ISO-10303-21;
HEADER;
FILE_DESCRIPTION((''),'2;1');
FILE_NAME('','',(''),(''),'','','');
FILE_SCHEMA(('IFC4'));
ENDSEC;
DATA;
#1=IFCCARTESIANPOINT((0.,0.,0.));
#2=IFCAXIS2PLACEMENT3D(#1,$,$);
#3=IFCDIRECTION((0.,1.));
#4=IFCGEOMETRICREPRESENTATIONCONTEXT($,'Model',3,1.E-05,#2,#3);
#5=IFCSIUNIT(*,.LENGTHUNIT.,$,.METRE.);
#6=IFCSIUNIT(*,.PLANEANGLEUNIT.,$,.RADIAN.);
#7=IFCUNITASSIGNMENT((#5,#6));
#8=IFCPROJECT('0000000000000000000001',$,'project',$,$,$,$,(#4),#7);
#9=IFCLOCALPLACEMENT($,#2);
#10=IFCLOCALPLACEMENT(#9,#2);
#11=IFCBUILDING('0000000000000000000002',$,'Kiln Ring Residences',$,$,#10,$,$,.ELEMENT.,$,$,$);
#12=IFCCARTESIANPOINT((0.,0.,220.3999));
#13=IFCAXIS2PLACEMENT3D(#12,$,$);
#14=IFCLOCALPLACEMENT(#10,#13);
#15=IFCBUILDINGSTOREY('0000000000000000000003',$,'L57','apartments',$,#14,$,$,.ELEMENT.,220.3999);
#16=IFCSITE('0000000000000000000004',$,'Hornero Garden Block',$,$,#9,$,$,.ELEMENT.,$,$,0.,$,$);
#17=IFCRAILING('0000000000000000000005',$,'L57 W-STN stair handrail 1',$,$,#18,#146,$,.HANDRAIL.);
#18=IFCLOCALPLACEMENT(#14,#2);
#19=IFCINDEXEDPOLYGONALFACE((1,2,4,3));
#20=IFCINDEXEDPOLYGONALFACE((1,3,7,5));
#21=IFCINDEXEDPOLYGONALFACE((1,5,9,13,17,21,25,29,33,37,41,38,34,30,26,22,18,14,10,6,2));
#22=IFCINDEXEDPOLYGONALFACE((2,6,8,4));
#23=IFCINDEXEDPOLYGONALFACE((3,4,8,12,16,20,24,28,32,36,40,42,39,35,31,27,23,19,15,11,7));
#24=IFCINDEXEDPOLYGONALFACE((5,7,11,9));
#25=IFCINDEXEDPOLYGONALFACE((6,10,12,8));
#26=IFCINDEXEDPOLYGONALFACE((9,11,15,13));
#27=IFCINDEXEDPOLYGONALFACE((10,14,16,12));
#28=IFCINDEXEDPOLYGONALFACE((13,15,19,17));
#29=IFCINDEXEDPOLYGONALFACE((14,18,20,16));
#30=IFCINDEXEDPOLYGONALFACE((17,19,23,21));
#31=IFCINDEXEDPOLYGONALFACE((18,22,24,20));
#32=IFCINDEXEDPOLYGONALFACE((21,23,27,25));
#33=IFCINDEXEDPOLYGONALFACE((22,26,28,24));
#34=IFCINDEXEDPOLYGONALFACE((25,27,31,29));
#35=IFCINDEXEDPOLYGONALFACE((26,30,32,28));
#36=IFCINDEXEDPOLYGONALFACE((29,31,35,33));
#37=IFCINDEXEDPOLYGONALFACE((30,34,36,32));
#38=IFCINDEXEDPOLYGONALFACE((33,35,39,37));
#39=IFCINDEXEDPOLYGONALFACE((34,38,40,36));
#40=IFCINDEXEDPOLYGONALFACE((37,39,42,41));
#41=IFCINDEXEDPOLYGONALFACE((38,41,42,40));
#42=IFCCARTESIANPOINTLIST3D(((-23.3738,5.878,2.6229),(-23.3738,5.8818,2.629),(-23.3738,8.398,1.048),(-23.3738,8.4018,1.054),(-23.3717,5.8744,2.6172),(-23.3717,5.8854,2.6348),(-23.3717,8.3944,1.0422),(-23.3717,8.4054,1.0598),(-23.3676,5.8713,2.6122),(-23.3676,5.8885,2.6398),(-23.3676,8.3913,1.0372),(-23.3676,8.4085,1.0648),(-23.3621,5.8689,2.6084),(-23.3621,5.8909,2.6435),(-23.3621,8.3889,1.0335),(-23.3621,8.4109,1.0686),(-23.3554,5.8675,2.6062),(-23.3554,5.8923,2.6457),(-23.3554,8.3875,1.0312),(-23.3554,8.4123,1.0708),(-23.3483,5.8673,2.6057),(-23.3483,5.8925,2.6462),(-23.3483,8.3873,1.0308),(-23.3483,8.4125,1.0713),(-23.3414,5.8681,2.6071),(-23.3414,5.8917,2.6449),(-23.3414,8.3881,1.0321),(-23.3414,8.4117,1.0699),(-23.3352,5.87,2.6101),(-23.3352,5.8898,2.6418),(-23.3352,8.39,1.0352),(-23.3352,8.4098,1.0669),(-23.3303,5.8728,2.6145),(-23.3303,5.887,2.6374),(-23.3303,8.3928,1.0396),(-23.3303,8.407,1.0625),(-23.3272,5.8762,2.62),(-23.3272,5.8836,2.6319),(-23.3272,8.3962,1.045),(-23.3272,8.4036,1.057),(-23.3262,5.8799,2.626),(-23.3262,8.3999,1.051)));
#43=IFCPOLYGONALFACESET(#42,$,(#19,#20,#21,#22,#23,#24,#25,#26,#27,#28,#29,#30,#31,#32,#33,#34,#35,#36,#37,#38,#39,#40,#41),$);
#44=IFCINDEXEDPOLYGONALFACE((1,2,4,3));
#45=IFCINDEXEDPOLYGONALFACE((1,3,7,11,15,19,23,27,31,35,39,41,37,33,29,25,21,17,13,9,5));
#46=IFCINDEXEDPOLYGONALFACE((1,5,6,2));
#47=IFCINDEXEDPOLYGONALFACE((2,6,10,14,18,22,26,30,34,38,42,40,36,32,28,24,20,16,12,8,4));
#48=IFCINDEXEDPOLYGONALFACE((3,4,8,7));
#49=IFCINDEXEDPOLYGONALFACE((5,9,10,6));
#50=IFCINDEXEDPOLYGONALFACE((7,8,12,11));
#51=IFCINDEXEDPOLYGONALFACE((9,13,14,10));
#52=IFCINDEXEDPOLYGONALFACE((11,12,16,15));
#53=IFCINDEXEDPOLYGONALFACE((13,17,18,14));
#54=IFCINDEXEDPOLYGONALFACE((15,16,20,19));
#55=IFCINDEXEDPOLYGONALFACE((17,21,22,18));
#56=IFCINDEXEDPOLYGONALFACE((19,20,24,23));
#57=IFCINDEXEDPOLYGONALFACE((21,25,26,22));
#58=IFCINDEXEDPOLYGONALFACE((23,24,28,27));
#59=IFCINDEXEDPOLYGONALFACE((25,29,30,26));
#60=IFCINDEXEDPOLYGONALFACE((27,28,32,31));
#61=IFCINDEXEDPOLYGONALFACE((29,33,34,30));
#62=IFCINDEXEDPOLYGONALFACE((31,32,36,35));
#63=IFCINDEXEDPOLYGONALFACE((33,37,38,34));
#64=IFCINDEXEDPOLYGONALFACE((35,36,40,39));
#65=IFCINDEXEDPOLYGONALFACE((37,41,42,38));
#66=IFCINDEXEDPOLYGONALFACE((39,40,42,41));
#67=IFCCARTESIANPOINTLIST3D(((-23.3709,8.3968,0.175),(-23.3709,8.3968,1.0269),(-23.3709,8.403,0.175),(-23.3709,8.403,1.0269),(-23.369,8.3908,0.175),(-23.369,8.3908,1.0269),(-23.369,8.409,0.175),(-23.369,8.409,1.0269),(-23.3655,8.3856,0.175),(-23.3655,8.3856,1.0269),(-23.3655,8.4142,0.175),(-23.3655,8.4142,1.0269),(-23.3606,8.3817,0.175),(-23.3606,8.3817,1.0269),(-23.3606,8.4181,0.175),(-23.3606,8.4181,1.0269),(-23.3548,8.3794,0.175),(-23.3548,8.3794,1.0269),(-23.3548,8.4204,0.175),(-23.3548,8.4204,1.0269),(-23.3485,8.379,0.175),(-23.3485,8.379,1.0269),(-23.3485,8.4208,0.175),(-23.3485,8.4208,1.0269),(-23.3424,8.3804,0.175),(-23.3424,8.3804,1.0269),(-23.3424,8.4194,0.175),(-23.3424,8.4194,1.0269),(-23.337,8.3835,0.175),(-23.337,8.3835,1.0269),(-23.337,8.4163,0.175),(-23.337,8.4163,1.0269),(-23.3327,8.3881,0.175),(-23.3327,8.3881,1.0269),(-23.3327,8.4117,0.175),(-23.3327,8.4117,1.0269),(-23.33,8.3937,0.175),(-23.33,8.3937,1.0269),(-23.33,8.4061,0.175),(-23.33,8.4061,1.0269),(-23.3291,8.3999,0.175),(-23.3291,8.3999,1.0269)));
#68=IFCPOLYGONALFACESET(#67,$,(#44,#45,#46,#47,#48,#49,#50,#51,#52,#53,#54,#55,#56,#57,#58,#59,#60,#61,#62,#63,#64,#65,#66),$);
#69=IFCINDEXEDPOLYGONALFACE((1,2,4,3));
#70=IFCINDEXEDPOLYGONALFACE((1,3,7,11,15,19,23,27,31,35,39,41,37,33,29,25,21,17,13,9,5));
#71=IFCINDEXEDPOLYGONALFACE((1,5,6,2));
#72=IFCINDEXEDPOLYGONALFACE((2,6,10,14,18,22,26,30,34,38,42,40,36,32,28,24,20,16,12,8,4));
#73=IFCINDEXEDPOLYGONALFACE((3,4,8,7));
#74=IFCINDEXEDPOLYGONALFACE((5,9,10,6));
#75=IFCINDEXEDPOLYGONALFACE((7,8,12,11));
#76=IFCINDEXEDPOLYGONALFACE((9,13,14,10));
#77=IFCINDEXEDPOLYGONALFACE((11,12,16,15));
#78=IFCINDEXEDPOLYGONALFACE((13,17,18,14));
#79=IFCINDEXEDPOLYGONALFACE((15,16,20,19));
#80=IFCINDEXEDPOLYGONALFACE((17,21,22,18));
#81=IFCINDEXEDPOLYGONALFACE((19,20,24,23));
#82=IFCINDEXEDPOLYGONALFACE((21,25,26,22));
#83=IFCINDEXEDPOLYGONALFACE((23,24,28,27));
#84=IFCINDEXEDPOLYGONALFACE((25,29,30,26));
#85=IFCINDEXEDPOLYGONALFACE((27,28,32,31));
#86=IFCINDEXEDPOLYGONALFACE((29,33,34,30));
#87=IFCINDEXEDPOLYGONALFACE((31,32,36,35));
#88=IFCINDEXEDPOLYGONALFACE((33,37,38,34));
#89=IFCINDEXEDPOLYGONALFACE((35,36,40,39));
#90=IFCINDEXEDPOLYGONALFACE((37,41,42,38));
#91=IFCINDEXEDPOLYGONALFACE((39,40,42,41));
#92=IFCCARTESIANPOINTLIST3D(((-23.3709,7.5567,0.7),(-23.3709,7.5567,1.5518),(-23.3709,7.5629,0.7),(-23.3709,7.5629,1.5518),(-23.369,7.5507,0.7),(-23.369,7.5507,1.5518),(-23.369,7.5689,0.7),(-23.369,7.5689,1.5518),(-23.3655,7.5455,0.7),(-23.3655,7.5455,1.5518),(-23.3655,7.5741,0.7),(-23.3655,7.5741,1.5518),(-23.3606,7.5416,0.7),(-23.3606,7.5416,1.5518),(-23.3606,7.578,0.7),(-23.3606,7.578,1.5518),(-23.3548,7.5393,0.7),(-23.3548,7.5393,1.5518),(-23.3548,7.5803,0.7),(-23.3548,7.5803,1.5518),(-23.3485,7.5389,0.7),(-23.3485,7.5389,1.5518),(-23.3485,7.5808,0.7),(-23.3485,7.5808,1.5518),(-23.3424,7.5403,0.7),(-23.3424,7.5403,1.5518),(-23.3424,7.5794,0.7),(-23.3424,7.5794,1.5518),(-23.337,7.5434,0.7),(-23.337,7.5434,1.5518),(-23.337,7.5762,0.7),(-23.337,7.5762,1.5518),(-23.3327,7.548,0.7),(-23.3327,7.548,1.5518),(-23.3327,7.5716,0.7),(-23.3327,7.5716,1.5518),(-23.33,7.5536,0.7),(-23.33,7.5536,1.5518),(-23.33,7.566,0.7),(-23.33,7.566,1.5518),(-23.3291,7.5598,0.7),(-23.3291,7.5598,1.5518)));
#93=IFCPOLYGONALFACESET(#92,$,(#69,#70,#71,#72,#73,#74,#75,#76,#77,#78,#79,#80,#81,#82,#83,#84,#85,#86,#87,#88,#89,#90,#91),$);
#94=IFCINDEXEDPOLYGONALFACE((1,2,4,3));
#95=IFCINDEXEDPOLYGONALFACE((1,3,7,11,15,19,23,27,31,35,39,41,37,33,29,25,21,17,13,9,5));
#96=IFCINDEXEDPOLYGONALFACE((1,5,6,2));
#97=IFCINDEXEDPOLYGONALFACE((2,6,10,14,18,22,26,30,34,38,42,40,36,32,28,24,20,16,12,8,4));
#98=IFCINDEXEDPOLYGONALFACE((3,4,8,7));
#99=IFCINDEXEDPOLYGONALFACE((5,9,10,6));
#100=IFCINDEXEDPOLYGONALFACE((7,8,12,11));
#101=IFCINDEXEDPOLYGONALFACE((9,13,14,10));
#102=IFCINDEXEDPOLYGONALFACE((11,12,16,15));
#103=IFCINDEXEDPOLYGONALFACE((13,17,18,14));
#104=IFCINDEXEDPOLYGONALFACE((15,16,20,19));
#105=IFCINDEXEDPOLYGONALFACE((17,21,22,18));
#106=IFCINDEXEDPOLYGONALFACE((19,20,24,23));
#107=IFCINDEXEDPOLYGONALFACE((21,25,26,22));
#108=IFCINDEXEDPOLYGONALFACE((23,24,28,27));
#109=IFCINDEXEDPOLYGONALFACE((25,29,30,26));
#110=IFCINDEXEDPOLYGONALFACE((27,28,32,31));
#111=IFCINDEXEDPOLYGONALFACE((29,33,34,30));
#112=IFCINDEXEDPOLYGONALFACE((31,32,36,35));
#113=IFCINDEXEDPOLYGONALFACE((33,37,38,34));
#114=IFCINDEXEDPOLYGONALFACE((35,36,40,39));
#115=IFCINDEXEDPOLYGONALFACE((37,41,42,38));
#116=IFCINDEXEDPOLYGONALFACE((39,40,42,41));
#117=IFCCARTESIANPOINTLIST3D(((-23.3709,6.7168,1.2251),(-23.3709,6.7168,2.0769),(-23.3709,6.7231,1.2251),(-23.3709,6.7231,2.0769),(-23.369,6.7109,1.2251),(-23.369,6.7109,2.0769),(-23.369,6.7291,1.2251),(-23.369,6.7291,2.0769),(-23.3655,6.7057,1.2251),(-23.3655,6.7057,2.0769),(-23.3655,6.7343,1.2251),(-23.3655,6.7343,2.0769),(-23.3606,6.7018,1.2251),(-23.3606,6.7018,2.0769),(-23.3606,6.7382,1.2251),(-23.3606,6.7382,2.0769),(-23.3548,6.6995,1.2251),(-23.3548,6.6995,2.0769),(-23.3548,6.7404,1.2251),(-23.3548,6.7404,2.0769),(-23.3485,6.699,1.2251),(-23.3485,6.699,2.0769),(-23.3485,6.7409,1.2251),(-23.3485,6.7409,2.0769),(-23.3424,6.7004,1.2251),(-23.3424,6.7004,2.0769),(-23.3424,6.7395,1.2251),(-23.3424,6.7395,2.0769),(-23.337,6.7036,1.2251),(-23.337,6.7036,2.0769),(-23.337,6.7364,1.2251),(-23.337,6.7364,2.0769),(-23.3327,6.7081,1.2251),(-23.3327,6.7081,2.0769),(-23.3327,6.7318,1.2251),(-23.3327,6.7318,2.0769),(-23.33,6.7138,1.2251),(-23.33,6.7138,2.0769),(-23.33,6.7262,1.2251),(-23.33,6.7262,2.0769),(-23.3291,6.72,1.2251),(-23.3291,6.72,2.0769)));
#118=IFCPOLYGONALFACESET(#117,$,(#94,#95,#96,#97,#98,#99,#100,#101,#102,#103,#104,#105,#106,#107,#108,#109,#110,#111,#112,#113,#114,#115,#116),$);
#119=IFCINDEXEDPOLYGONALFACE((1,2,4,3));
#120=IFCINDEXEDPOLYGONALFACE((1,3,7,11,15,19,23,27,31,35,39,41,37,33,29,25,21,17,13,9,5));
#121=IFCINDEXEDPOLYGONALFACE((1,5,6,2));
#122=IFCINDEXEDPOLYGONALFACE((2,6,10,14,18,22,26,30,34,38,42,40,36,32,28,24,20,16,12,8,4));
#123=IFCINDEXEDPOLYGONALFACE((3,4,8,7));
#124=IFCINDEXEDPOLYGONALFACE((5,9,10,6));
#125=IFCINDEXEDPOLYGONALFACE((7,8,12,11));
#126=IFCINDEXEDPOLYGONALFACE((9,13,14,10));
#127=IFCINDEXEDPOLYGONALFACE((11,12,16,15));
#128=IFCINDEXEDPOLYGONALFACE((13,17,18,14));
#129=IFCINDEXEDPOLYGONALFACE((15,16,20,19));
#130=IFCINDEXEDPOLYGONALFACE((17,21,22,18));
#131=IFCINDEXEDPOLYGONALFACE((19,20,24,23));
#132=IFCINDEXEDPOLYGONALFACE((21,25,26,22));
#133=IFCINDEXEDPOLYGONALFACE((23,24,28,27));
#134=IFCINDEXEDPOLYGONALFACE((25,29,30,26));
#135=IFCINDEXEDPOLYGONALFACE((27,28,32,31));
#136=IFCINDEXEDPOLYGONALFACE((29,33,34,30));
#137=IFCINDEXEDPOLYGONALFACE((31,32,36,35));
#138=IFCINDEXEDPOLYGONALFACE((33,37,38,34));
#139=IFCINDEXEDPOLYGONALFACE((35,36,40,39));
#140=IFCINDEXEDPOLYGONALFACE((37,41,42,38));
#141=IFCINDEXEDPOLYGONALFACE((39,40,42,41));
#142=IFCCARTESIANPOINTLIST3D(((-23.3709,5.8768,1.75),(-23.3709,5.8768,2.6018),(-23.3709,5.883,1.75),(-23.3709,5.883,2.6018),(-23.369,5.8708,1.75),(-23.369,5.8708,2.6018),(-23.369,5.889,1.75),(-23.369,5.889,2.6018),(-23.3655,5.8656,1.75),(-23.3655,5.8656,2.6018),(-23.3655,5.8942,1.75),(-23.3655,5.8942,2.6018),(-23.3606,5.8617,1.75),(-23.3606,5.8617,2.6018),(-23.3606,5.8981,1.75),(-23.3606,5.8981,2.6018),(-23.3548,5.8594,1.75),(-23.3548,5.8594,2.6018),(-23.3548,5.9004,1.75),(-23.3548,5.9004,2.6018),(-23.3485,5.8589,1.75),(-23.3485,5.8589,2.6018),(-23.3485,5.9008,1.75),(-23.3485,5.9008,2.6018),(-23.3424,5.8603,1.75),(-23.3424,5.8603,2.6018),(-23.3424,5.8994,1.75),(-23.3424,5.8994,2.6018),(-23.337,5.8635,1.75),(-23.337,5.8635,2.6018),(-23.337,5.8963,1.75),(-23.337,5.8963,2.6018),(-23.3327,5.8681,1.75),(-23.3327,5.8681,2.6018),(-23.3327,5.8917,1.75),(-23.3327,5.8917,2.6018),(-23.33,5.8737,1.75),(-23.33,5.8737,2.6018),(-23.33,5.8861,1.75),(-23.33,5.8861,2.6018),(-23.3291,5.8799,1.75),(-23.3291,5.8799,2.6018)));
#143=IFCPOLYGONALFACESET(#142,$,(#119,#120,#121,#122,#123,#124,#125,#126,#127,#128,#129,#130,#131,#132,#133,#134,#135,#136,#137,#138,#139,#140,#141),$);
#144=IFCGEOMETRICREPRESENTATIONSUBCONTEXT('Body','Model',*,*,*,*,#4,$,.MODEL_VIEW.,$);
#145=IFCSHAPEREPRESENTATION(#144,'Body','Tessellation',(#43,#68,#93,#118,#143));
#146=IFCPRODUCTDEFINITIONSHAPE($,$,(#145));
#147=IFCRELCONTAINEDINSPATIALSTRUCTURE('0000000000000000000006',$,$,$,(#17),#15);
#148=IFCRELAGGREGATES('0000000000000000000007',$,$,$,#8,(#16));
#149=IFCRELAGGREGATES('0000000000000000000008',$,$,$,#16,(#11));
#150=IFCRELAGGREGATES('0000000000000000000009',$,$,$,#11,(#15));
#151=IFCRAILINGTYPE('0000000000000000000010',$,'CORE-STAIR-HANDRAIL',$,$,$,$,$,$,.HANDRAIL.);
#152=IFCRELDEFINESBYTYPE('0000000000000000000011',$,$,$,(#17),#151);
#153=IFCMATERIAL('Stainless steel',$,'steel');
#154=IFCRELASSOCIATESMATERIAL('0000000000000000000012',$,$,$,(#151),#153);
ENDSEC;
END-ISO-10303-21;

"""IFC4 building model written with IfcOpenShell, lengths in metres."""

from ifc_helpers import new_model, si_unit, direction, frame, origin, origin_2d, place, context, subcontext, project, spatial, circle, extrude, material, type_object, element, save


model = new_model("IFC4")

# Units and contexts
model_context = context("Model", 3, precision=1e-05, world=origin(), true_north=direction((0.0, 1.0)))
body_context = subcontext(model_context, "Body", "Model", "MODEL_VIEW")
ifc_project = project(units=[si_unit("LENGTHUNIT", "METRE"), si_unit("PLANEANGLEUNIT", "RADIAN")], contexts=[model_context])

# Site, building, storey
site_placement = place(None, origin())
site = spatial("IfcSite", under=ifc_project, at=site_placement, Name="Hornero Garden Block", CompositionType="ELEMENT", RefElevation=0.0)
building_placement = place(site_placement, origin())
building = spatial("IfcBuilding", under=site, at=building_placement, Name="Kiln Ring Residences", CompositionType="ELEMENT")
storey_placement = place(building_placement, frame((0.0, 0.0, 220.3999)))
storey = spatial("IfcBuildingStorey", under=building, at=storey_placement, Name="L57", Description="apartments", CompositionType="ELEMENT", Elevation=220.3999)

# Railing
ifc_material_1 = material(Name="Stainless steel", Category="steel")
railing_type_1 = type_object("IfcRailingType", Name="CORE-STAIR-HANDRAIL", PredefinedType="HANDRAIL", material=ifc_material_1)
railing_1_placement = place(storey_placement, frame((-23.3501, 8.3999, 0.175)))
element("IfcRailing", 1, at=railing_1_placement, inside=storey, type_object=railing_type_1, Name="L57 W-STN stair handrail 1", PredefinedType="HANDRAIL", context=body_context, shape_type="SweptSolid", body=[
    extrude(circle(Radius=0.0239, at=origin_2d()), frame((0.0, 0.0, 0.876), z_axis=(0.0, -0.848008, 0.529984), x_axis=(1.0, 0.0, 0.0)), (0.0, 0.0, 1.0), 2.9717),
    extrude(circle(Radius=0.021, at=origin_2d()), origin(), (0.0, 0.0, 1.0), 0.8518),
    extrude(circle(Radius=0.021, at=origin_2d()), frame((0.0, -0.8401, 0.5249)), (0.0, 0.0, 1.0), 0.8518),
    extrude(circle(Radius=0.021, at=origin_2d()), frame((0.0, -1.6799, 1.05)), (0.0, 0.0, 1.0), 0.8518),
    extrude(circle(Radius=0.021, at=origin_2d()), frame((0.0, -2.52, 1.575)), (0.0, 0.0, 1.0), 0.8518),
])

save(model, "model.ifc")
